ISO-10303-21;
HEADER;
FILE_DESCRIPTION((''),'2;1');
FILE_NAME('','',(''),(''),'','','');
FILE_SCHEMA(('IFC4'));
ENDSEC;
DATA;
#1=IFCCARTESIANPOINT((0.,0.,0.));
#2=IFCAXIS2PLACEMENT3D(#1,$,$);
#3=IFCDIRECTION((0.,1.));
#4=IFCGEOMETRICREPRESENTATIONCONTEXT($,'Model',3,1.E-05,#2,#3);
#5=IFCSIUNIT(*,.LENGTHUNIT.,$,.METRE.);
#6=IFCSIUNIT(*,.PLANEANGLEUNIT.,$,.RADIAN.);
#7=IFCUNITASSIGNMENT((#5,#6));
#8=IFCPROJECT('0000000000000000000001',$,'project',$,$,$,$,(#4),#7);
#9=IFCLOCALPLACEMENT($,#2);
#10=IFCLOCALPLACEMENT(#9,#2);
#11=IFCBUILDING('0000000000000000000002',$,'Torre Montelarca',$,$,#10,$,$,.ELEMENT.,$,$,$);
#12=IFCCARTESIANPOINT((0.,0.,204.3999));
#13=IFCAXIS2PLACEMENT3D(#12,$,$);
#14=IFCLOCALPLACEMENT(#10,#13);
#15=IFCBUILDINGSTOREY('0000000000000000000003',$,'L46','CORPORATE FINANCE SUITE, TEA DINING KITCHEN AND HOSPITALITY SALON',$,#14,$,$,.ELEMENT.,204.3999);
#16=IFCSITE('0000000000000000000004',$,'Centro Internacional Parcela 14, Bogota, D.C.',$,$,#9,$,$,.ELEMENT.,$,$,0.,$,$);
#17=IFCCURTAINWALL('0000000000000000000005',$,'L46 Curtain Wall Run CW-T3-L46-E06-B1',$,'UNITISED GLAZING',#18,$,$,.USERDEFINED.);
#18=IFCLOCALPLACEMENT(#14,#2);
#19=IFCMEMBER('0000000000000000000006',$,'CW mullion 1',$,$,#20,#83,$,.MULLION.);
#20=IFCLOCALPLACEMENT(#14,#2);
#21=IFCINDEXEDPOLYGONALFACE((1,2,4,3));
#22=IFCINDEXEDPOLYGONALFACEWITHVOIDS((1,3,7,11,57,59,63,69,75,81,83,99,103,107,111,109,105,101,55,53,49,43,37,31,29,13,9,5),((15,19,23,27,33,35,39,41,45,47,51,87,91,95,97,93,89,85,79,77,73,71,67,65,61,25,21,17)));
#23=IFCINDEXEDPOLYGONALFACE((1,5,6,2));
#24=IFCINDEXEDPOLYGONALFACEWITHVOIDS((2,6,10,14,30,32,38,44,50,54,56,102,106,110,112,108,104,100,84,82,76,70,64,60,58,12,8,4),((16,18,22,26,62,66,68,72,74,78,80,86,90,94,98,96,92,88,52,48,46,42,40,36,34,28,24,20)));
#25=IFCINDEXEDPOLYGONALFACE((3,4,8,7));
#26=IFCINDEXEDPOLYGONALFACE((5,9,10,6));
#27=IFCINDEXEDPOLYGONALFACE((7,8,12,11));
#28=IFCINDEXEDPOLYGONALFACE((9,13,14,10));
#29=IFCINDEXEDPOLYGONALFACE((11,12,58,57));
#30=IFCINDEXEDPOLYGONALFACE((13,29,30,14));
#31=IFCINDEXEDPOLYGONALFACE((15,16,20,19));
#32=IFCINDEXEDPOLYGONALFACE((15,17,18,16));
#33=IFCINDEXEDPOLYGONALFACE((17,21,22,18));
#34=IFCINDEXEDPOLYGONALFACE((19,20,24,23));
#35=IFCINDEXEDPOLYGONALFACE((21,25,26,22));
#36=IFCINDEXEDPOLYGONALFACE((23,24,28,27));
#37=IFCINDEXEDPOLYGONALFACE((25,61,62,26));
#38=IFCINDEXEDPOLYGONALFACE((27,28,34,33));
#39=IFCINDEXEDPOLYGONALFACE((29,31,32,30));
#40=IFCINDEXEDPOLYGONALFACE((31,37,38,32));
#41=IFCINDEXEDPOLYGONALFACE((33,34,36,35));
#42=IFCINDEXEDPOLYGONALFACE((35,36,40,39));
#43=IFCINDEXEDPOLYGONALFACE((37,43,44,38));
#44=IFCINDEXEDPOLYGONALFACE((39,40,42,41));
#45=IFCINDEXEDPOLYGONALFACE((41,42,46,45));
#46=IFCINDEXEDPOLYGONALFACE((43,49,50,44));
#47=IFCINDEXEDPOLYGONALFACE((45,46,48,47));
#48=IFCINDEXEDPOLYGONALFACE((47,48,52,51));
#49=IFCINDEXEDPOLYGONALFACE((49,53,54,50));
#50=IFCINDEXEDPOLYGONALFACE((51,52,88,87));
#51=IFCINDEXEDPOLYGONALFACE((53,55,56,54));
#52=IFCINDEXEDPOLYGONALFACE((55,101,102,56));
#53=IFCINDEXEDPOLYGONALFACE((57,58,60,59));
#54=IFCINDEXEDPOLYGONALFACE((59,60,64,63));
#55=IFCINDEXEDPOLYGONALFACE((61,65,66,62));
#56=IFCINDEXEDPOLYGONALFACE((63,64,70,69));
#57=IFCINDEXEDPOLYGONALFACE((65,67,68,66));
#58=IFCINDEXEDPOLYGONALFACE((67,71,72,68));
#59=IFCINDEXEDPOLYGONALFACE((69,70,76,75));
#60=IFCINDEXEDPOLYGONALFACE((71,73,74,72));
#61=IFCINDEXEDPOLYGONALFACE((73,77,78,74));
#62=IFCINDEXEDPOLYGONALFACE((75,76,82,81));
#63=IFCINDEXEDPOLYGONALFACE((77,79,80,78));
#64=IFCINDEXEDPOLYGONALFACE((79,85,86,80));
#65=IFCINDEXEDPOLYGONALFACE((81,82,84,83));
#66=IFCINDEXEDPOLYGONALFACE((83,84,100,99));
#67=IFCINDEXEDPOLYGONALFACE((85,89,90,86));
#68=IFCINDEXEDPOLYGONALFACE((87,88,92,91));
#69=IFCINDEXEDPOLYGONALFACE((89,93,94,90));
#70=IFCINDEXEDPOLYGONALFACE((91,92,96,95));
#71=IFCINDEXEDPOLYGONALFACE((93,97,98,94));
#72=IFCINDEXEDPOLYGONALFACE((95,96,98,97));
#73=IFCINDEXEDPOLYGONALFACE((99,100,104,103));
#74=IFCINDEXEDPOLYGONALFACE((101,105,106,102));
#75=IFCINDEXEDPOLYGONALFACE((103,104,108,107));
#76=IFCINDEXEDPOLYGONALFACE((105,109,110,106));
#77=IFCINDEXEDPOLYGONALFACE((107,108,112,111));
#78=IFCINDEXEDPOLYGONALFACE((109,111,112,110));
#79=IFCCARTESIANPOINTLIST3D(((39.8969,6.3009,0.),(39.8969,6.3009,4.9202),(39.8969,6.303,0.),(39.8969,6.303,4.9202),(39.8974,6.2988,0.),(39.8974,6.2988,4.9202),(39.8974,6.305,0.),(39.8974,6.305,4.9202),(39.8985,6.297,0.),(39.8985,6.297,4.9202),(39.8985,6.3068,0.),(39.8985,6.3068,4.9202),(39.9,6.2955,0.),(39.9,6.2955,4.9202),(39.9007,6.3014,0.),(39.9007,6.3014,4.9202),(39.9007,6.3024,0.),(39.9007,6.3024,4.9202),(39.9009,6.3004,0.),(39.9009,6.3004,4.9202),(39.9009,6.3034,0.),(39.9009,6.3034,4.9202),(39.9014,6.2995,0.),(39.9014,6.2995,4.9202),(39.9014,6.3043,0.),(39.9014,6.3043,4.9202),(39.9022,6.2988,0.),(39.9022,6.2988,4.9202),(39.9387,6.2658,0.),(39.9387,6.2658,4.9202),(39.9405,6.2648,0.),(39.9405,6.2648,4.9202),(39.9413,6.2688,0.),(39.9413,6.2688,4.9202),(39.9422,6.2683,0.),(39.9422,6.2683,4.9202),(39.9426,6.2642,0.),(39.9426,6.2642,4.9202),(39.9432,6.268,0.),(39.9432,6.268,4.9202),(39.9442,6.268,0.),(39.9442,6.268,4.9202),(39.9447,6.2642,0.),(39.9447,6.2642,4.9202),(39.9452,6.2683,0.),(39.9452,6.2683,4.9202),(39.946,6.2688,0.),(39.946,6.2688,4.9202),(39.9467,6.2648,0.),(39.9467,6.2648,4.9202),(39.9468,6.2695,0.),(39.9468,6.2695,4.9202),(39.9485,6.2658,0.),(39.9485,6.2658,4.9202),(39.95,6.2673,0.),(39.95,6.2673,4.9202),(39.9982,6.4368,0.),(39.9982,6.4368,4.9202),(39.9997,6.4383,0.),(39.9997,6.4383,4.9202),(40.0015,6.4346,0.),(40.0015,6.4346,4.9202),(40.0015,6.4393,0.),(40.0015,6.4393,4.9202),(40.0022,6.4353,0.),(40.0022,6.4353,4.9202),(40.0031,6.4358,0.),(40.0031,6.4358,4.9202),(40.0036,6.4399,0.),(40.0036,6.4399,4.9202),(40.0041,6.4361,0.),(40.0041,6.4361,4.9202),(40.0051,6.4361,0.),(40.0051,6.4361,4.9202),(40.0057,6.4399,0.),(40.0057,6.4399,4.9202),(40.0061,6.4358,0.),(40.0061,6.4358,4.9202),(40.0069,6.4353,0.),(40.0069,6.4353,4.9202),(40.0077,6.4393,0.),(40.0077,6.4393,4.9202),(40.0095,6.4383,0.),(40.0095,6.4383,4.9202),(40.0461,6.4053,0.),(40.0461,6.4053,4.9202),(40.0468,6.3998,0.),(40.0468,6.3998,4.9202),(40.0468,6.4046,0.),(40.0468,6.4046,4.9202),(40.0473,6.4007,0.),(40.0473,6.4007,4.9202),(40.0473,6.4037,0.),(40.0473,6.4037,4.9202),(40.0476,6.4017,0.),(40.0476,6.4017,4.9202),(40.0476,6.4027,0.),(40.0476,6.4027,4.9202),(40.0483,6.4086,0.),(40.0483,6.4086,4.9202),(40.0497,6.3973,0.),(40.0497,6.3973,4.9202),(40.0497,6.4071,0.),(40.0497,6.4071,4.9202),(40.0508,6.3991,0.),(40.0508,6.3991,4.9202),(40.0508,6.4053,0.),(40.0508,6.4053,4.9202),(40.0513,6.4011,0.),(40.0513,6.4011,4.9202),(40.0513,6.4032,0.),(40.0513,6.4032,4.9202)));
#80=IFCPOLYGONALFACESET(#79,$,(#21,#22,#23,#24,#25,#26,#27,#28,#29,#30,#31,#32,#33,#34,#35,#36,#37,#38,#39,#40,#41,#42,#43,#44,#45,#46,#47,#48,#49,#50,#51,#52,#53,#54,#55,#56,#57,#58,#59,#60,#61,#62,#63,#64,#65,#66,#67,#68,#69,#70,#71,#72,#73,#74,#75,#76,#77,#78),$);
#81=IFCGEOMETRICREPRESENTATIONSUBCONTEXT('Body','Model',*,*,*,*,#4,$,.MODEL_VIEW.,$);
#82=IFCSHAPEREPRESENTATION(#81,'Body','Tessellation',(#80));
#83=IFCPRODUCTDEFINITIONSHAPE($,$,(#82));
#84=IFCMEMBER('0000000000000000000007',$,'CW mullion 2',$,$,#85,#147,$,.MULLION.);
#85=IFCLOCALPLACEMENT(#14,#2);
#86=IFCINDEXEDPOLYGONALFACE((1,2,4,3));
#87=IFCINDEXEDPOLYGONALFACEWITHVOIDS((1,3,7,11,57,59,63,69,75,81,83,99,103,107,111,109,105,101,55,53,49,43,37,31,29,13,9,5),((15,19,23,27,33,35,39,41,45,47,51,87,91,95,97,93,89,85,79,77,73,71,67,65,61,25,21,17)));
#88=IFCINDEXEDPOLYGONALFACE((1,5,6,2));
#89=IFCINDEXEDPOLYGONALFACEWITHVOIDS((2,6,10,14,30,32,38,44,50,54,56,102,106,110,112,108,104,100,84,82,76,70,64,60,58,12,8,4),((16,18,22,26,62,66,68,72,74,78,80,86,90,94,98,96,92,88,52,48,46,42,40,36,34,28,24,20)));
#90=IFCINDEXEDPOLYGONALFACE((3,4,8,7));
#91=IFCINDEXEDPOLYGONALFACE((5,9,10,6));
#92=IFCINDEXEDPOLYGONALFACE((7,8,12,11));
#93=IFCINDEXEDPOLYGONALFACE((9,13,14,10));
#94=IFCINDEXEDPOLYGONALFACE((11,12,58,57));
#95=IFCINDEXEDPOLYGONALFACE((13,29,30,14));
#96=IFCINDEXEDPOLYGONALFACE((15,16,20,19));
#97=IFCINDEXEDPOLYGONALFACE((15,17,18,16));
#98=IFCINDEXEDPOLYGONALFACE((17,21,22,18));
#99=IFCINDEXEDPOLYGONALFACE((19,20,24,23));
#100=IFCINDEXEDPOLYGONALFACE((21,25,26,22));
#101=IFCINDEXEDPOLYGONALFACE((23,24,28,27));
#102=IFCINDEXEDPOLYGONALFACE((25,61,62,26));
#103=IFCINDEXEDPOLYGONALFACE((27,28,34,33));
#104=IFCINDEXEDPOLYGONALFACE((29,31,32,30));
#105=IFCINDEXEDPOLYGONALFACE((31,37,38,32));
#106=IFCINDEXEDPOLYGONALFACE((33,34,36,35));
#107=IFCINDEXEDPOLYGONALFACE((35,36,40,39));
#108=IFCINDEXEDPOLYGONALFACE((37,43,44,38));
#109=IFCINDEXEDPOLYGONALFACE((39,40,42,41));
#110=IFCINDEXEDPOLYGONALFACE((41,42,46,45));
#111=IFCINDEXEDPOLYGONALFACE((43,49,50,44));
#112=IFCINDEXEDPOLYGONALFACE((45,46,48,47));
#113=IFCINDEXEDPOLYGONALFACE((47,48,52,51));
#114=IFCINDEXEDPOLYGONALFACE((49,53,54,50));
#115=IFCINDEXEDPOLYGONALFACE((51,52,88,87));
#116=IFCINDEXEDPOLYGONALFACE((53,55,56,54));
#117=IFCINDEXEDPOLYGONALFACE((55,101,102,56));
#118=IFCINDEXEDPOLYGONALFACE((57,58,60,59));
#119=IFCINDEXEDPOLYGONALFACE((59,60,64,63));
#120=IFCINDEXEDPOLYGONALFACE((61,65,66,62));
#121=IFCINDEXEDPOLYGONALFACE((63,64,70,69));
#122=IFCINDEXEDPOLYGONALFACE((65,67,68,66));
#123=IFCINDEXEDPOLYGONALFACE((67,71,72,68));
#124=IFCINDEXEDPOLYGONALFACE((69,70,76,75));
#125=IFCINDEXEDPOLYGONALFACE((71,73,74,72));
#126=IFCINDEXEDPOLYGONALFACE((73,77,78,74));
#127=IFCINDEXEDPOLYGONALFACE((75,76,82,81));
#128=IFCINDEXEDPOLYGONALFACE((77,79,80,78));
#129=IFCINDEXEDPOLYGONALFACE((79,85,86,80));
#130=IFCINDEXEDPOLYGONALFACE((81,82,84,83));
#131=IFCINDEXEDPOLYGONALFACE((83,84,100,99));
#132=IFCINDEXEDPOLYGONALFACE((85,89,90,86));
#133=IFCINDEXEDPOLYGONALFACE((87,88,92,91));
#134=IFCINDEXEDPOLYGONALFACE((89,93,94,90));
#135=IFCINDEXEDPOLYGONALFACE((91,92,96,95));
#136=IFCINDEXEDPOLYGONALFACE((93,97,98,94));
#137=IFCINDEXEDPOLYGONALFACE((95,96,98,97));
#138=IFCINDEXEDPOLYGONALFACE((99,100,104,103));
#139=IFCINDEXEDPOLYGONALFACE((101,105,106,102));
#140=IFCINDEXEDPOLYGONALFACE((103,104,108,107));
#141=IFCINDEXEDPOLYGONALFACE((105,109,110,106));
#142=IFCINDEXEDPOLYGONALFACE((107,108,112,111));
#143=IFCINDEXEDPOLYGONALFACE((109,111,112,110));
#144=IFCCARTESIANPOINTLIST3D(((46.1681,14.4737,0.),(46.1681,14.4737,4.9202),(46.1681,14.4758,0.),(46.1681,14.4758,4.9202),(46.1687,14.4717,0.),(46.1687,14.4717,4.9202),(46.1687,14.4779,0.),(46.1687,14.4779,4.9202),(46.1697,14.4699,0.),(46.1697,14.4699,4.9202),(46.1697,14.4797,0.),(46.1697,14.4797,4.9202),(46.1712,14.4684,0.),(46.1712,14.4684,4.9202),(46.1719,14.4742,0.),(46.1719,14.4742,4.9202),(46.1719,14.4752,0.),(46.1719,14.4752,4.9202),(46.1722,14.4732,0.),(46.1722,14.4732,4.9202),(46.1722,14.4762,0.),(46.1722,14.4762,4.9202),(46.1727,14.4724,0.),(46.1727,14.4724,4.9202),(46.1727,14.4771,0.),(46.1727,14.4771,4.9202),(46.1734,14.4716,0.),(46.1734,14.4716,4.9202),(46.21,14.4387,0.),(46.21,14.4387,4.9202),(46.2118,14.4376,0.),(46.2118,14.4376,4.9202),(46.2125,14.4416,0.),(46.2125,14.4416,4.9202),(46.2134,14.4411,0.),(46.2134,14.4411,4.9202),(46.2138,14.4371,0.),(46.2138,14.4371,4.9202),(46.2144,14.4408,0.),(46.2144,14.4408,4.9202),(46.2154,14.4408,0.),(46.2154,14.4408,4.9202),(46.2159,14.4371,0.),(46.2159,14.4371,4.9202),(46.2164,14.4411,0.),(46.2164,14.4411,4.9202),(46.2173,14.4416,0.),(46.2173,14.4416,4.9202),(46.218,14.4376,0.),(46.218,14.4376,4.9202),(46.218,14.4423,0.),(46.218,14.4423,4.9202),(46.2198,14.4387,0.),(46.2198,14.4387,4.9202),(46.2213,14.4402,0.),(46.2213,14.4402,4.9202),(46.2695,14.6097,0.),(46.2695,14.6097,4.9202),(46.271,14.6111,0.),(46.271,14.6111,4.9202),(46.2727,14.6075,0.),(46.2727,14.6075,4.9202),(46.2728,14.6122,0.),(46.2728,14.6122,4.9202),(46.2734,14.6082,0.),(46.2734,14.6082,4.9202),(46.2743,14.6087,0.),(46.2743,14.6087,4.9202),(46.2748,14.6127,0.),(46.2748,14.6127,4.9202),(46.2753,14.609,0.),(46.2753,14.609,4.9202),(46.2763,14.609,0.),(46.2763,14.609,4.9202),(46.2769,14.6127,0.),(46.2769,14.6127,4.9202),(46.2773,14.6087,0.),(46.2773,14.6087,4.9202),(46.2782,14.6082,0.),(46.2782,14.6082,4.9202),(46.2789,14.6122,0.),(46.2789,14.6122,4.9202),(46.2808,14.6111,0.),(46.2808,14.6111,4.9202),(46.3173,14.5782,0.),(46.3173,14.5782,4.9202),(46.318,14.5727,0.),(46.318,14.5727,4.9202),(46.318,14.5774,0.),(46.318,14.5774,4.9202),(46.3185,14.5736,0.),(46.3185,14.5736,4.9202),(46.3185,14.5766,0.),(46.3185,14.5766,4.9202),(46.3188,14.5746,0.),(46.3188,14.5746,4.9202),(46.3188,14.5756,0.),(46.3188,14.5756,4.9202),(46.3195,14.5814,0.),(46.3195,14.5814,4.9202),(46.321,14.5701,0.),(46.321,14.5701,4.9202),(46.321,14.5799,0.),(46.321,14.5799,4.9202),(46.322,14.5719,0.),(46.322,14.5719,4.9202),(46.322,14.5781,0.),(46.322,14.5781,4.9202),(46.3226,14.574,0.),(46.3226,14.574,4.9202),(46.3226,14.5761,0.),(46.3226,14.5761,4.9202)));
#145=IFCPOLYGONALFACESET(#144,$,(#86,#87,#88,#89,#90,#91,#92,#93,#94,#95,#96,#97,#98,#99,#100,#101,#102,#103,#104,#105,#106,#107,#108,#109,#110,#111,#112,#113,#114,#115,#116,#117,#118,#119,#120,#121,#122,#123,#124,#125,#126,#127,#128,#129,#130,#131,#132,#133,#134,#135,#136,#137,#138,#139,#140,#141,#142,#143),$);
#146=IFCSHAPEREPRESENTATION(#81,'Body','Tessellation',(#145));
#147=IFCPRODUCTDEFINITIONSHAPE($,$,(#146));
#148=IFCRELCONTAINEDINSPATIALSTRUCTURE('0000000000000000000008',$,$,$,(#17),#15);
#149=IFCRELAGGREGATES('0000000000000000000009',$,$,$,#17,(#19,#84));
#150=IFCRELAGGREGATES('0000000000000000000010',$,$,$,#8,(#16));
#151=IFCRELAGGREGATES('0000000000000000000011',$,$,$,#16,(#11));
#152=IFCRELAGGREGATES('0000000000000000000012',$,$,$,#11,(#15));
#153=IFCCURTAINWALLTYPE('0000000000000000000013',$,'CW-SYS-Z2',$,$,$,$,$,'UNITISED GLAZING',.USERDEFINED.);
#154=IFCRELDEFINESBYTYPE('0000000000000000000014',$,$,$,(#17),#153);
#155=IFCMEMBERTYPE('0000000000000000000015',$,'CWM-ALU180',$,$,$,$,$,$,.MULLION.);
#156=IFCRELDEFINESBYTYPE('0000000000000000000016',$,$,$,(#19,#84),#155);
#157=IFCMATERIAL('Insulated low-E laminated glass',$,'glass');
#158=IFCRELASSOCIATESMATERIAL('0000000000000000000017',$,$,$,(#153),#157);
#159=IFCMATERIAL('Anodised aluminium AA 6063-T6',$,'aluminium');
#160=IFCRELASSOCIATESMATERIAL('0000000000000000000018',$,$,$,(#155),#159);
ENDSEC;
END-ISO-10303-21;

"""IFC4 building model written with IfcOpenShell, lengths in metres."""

from ifc_helpers import new_model, si_unit, direction, frame, origin, origin_2d, place, context, subcontext, project, spatial, hollow_rectangle, extrude, source, transform, mapped, material, material_profile, profile_set, type_object, element, aggregate, save


model = new_model("IFC4")

# Units and contexts
model_context = context("Model", 3, precision=1e-05, world=origin(), true_north=direction((0.0, 1.0)))
body_context = subcontext(model_context, "Body", "Model", "MODEL_VIEW")
ifc_project = project(units=[si_unit("LENGTHUNIT", "METRE"), si_unit("PLANEANGLEUNIT", "RADIAN")], contexts=[model_context])

# Site, building, storey
site_placement = place(None, origin())
site = spatial("IfcSite", under=ifc_project, at=site_placement, Name="Centro Internacional Parcela 14, Bogota, D.C.", CompositionType="ELEMENT", RefElevation=0.0)
building_placement = place(site_placement, origin())
building = spatial("IfcBuilding", under=site, at=building_placement, Name="Torre Montelarca", CompositionType="ELEMENT")
storey_placement = place(building_placement, frame((0.0, 0.0, 204.3999)))
storey = spatial("IfcBuildingStorey", under=building, at=storey_placement, Name="L46", Description="CORPORATE FINANCE SUITE, TEA DINING KITCHEN AND HOSPITALITY SALON", CompositionType="ELEMENT", Elevation=204.3999)

# Curtain wall
ifc_material_1 = material(Name="Insulated low-E laminated glass", Category="glass")
curtain_wall_type = type_object("IfcCurtainWallType", Name="CW-SYS-Z2", ElementType="UNITISED GLAZING", PredefinedType="USERDEFINED", material=ifc_material_1)
ifc_material_2 = material(Name="Anodised aluminium AA 6063-T6", Category="aluminium")
curtain_wall_1_placement = place(storey_placement, origin())
curtain_wall_1 = element("IfcCurtainWall", 1, at=curtain_wall_1_placement, inside=storey, type_object=curtain_wall_type, Name="L46 Curtain Wall Run CW-T3-L46-E06-B1", ObjectType="UNITISED GLAZING", PredefinedType="USERDEFINED")

# Members
ifc_material_profile_1 = material_profile(ifc_material_2, hollow_rectangle(XDim=0.0649, YDim=0.1799, WallThickness=0.0039, InnerFilletRadius=0.0039, OuterFilletRadius=0.0081, at=origin_2d()), Name="ALU65X180X4", Category="aluminium")
ifc_profile_set_1 = profile_set([ifc_material_profile_1], Name="Anodised aluminium AA 6063-T6")
member_type_1 = type_object("IfcMemberType", Name="CWM-ALU180", PredefinedType="MULLION", material=ifc_profile_set_1)
shared_shape_1 = source(origin(), body_context, "Body", "SweptSolid", [
    extrude(hollow_rectangle(XDim=0.0649, YDim=0.1799, WallThickness=0.0039, InnerFilletRadius=0.0039, OuterFilletRadius=0.0081, at=origin_2d()), origin(), (0.0, 0.0, 1.0), 4.9202),
])
member_1_placement = place(storey_placement, frame((39.9741, 6.3521, 0.0), z_axis=(0.0, 0.0, 1.0), x_axis=(-0.793353, 0.608762, 0.0)))
member_1 = element("IfcMember", 2, at=member_1_placement, type_object=member_type_1, Name="CW mullion 1", PredefinedType="MULLION", context=body_context, shape_type="MappedRepresentation", body=[
    mapped(shared_shape_1, transform((0.0, 0.0, 0.0), scale=1.0)),
])
member_2_placement = place(storey_placement, frame((46.2454, 14.5249, 0.0), z_axis=(0.0, 0.0, 1.0), x_axis=(-0.793353, 0.608762, 0.0)))
member_2 = element("IfcMember", 3, at=member_2_placement, type_object=member_type_1, Name="CW mullion 2", PredefinedType="MULLION", context=body_context, shape_type="MappedRepresentation", body=[
    mapped(shared_shape_1, transform((0.0, 0.0, 0.0), scale=1.0)),
])

aggregate(curtain_wall_1, [member_1, member_2])

save(model, "model.ifc")
